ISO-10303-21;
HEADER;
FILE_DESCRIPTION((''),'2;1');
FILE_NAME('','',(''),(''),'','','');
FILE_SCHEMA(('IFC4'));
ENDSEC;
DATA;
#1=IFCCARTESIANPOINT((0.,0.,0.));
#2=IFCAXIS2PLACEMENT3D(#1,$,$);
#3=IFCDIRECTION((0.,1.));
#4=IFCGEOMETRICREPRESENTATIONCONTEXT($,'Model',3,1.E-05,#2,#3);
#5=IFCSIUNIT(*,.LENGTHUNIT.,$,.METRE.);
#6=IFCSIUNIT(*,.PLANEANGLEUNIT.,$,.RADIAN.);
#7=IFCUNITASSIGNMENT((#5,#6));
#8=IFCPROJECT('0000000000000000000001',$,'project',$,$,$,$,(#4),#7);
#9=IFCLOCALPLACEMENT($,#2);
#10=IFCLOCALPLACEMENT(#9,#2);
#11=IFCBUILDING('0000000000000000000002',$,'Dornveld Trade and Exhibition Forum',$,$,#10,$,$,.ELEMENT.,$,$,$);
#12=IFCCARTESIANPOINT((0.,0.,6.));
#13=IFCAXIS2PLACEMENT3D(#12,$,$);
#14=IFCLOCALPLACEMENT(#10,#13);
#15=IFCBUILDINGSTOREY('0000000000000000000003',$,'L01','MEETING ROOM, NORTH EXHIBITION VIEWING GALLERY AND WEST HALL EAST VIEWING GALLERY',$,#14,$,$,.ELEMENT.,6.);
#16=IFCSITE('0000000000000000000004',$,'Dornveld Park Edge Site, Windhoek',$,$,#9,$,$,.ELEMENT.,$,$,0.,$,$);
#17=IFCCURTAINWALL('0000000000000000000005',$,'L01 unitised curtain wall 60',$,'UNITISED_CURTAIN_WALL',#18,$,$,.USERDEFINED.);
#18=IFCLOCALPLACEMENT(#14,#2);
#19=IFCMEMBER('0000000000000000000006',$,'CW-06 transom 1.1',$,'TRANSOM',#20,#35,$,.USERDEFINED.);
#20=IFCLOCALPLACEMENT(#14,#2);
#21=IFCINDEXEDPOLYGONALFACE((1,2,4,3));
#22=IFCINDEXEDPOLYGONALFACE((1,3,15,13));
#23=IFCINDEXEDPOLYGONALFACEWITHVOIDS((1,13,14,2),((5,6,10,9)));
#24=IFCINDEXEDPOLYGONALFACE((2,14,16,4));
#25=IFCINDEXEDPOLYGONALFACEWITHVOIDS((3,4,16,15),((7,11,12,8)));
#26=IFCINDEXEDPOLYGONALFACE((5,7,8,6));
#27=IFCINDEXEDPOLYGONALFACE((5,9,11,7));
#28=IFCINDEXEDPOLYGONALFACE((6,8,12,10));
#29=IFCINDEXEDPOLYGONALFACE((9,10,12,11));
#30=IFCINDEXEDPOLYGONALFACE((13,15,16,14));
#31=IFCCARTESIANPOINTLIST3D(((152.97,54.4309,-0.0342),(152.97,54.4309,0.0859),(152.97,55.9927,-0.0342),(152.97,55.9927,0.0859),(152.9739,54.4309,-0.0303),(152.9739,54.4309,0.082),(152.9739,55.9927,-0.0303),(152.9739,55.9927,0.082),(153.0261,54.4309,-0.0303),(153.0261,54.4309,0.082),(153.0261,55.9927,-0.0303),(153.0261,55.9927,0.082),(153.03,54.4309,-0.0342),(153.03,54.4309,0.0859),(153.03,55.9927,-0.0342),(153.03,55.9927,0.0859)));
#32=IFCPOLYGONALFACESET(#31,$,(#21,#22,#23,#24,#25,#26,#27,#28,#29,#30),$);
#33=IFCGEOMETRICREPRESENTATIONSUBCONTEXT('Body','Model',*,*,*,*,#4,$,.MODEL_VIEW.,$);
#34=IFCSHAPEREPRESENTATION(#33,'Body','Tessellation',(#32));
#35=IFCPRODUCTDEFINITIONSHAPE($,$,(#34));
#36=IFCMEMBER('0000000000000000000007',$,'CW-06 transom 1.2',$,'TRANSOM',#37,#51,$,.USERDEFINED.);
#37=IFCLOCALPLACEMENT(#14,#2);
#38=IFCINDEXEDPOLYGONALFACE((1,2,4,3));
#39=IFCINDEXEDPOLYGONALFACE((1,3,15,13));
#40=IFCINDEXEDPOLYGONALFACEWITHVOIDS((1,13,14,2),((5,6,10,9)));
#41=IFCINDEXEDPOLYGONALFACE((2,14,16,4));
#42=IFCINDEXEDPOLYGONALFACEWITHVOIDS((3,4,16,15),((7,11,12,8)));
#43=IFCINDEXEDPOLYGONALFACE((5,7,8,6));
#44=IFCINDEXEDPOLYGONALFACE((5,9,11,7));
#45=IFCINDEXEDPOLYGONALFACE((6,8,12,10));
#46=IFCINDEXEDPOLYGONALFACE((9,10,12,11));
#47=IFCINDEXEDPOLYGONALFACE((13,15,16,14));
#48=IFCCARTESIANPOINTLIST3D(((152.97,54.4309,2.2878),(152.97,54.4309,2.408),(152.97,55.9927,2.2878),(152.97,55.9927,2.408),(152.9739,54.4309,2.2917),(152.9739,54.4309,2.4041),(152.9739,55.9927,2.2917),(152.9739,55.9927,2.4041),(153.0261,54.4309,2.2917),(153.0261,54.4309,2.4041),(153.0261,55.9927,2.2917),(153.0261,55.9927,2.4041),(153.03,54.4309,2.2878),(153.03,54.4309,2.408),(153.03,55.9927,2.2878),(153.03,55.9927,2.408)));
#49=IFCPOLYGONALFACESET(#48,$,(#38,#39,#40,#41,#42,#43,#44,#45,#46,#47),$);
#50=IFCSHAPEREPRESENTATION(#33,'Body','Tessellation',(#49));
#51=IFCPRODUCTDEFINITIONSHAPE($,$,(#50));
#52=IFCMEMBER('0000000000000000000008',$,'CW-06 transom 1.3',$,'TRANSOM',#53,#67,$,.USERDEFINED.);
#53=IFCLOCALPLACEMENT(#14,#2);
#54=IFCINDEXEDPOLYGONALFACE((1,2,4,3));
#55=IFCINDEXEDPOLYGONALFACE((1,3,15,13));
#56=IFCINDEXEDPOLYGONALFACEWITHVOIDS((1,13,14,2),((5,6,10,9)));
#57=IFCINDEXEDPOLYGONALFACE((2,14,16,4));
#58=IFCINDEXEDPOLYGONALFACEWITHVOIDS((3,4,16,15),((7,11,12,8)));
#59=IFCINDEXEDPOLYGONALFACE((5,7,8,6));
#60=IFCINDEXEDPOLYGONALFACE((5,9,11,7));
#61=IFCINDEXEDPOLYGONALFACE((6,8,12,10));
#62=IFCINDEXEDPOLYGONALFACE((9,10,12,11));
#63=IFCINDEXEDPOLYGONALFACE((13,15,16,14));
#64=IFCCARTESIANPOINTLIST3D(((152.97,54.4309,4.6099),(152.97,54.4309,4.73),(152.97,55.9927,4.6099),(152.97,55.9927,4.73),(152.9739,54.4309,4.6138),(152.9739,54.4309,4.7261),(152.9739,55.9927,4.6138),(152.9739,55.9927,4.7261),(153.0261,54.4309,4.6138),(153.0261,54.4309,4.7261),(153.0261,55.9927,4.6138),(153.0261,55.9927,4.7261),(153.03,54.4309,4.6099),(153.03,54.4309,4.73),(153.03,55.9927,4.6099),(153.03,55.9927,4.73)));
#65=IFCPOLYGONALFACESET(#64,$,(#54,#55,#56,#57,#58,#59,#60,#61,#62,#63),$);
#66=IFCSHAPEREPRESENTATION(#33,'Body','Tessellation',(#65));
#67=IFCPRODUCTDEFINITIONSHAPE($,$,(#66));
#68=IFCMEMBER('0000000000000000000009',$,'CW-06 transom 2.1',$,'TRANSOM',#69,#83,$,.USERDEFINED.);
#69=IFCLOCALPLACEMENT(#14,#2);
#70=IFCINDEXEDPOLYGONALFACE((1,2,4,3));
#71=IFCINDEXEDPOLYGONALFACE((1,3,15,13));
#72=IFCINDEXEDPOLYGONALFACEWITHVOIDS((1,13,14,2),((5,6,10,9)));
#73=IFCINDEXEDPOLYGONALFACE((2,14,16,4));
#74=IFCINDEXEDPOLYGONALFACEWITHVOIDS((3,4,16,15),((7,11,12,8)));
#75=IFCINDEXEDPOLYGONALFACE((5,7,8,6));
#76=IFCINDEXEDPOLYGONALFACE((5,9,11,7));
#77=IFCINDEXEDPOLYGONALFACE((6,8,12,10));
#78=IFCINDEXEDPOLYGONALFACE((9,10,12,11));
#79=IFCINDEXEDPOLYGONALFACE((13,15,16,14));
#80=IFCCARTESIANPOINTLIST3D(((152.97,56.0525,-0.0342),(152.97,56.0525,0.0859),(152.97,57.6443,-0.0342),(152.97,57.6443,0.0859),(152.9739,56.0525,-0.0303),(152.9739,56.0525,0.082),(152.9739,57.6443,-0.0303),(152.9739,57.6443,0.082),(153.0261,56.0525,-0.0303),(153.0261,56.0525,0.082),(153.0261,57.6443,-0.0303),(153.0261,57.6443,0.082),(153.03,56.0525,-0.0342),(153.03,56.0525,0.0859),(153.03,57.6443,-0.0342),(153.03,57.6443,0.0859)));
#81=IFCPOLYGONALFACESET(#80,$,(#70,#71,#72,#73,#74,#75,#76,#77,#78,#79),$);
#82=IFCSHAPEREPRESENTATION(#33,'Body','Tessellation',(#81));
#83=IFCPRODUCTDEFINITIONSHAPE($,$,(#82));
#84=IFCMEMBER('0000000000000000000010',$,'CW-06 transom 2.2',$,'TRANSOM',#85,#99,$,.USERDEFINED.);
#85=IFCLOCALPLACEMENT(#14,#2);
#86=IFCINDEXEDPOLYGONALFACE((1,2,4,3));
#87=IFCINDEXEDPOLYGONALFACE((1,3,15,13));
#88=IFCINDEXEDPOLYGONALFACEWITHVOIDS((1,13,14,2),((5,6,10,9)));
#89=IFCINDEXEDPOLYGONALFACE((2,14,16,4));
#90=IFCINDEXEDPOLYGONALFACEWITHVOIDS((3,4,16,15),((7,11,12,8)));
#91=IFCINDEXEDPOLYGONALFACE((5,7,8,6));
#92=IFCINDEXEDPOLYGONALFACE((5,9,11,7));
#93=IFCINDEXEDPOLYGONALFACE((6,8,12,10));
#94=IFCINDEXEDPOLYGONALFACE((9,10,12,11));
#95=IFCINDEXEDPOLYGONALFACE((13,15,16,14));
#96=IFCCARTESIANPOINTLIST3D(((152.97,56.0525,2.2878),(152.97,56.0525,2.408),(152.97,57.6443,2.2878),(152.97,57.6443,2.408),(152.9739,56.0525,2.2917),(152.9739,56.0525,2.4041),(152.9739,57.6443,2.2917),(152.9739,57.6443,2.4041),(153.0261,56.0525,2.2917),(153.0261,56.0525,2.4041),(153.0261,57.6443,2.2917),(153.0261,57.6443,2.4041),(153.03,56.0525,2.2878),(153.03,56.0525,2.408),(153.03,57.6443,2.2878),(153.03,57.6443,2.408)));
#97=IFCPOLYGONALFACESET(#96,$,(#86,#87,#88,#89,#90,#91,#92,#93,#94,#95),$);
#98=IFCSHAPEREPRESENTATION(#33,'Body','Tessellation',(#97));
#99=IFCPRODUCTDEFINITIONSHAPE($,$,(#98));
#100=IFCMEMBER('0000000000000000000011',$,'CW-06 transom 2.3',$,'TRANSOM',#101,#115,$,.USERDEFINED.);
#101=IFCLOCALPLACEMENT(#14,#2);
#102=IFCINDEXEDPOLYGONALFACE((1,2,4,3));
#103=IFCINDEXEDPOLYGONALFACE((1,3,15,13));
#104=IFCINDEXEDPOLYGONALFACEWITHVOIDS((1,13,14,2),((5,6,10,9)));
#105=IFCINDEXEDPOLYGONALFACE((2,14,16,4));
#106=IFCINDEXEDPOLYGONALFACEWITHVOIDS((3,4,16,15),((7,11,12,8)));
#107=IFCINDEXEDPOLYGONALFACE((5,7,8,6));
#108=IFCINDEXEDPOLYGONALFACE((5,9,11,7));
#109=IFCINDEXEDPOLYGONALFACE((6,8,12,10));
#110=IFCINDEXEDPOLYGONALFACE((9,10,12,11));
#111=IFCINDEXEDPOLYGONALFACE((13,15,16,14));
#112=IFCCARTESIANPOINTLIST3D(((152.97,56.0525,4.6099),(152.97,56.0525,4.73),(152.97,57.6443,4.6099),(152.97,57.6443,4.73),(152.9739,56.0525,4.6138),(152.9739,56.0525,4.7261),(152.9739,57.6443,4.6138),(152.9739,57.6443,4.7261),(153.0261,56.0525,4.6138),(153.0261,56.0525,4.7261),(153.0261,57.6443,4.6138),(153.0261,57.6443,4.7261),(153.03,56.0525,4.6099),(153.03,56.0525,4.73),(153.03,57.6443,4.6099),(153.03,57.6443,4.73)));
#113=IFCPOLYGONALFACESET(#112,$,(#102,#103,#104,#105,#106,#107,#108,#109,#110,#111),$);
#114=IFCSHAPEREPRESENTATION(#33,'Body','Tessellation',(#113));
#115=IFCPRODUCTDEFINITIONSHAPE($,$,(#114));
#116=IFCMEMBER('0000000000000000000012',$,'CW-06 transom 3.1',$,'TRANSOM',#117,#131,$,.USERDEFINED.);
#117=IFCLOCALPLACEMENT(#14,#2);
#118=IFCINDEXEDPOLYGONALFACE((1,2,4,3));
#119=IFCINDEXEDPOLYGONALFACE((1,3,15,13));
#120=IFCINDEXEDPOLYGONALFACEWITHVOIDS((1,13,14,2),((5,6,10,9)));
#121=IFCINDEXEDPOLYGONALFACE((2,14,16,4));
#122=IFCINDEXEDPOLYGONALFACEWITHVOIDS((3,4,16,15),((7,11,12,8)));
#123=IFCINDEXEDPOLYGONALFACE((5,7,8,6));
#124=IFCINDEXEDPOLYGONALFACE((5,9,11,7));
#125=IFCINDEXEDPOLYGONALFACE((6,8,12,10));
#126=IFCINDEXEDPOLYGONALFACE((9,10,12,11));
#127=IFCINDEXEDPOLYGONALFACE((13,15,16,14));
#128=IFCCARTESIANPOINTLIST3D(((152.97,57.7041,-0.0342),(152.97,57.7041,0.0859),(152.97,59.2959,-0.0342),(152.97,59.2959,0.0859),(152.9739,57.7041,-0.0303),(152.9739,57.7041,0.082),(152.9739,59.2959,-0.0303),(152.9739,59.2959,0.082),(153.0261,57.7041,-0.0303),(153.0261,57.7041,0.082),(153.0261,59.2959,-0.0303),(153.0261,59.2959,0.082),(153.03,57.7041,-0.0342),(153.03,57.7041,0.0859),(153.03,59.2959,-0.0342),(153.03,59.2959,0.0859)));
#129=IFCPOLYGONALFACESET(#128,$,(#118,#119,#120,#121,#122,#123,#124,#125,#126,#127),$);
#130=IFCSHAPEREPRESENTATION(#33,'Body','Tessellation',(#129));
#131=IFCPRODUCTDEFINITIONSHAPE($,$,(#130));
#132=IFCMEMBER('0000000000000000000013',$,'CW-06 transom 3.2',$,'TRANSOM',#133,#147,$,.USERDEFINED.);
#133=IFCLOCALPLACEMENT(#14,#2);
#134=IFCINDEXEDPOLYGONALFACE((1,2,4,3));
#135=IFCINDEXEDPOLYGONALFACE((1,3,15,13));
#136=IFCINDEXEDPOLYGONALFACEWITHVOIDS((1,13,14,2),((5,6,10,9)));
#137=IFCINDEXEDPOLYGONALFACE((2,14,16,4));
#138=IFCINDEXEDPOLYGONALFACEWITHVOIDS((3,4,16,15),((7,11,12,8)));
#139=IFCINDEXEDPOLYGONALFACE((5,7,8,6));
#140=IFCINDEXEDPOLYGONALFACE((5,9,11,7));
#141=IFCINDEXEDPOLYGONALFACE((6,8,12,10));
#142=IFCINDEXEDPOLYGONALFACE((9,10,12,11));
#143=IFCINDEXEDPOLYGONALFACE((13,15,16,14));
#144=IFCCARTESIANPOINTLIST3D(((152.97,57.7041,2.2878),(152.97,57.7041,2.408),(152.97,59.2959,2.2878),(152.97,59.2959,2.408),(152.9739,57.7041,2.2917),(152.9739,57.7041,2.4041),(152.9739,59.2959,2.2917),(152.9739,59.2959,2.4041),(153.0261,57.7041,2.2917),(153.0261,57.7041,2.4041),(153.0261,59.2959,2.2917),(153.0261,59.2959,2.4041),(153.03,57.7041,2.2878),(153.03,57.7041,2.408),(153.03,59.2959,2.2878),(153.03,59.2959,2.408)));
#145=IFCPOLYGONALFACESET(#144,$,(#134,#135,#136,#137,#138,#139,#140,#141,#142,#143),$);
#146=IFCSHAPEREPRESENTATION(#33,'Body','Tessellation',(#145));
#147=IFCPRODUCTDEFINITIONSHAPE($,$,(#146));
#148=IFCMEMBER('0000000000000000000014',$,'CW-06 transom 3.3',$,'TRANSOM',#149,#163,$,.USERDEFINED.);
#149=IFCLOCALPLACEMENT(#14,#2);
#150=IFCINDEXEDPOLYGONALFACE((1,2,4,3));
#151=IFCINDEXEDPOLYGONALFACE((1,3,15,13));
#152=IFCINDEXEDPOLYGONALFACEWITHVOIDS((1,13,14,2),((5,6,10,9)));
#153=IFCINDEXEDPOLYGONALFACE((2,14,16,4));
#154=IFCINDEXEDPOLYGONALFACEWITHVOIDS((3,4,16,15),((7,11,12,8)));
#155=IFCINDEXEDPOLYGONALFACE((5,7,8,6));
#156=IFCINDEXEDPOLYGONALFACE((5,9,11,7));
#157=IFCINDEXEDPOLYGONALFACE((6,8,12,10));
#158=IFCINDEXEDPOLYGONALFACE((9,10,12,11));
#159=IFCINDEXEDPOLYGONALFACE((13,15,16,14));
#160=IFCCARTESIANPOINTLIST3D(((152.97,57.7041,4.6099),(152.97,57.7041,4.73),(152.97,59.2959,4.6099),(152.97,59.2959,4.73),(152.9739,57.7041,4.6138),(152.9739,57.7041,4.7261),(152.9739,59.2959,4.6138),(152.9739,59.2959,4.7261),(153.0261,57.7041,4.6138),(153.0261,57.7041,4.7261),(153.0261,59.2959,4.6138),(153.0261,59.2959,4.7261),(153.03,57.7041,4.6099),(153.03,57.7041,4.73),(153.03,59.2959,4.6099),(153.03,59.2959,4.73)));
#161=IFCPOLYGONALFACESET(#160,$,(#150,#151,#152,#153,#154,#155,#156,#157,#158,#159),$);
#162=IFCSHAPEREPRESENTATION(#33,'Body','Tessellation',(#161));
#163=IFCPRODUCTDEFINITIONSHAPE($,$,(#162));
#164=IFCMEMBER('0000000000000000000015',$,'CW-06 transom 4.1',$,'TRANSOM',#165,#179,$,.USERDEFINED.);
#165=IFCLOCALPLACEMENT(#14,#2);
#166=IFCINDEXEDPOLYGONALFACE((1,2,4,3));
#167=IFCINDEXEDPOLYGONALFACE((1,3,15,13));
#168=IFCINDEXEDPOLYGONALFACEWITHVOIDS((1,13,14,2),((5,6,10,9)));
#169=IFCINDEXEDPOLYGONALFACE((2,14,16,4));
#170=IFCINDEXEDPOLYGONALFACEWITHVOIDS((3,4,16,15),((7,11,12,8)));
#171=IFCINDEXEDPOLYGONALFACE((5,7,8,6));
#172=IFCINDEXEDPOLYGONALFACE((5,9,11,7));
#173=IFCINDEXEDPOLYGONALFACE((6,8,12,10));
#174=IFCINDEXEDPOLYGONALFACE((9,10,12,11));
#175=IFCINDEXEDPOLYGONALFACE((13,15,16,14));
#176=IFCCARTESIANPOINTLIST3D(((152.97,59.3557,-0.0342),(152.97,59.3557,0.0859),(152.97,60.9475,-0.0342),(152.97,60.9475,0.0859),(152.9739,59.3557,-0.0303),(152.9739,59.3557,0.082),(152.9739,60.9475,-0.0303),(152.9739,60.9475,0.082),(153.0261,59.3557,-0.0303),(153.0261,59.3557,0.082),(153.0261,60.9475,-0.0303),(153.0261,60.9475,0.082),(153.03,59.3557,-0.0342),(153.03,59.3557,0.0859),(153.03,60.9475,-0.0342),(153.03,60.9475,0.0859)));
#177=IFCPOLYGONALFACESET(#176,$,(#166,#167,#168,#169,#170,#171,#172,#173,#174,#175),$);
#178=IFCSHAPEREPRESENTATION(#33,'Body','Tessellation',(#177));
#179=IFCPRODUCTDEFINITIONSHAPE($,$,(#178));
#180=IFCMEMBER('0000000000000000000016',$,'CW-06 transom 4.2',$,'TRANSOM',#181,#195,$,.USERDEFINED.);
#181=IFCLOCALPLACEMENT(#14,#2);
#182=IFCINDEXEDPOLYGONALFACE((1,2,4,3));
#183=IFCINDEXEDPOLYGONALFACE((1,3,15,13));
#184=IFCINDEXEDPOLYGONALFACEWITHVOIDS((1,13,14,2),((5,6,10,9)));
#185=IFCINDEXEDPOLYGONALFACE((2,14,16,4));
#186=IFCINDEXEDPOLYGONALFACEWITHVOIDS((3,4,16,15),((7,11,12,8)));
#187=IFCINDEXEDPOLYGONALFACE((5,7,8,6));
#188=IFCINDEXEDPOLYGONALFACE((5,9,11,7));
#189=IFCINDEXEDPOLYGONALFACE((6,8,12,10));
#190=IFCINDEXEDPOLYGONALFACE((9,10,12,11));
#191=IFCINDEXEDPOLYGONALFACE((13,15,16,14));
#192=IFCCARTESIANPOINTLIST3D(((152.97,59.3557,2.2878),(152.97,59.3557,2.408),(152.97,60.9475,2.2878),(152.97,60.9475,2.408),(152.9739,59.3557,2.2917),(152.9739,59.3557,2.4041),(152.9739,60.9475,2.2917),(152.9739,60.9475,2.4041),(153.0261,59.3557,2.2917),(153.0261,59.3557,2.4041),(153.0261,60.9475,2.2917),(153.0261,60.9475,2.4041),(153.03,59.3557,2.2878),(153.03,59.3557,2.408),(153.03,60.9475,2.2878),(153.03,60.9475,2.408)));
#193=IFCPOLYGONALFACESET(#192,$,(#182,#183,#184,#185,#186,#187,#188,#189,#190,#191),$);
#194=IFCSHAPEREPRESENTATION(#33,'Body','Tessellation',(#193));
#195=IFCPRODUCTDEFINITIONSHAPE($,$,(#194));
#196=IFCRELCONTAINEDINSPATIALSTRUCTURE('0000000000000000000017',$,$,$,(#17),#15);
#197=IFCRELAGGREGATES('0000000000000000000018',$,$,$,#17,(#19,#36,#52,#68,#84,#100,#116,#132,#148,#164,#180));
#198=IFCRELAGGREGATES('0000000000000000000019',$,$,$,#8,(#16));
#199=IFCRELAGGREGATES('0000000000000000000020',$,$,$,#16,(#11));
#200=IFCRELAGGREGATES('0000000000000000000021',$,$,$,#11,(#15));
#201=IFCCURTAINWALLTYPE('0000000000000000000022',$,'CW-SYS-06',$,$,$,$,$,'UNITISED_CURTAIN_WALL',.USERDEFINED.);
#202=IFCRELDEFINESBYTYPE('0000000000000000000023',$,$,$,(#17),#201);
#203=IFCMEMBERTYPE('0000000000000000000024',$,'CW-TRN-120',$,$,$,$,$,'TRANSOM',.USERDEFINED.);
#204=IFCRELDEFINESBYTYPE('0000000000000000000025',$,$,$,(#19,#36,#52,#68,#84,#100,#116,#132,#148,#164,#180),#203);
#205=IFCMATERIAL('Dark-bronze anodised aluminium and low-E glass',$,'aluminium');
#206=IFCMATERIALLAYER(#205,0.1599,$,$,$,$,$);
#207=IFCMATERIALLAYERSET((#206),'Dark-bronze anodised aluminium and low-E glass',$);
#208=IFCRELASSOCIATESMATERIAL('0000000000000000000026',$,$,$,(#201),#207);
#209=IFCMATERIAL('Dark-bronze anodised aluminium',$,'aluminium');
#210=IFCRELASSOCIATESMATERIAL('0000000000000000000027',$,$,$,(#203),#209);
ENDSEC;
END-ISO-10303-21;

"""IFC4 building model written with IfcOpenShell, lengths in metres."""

from ifc_helpers import new_model, si_unit, direction, frame, origin, origin_2d, place, context, subcontext, project, spatial, hollow_rectangle, extrude, material, layer, layer_set, material_profile, profile_set, type_object, element, aggregate, save


model = new_model("IFC4")

# Units and contexts
model_context = context("Model", 3, precision=1e-05, world=origin(), true_north=direction((0.0, 1.0)))
body_context = subcontext(model_context, "Body", "Model", "MODEL_VIEW")
ifc_project = project(units=[si_unit("LENGTHUNIT", "METRE"), si_unit("PLANEANGLEUNIT", "RADIAN")], contexts=[model_context])

# Site, building, storey
site_placement = place(None, origin())
site = spatial("IfcSite", under=ifc_project, at=site_placement, Name="Dornveld Park Edge Site, Windhoek", CompositionType="ELEMENT", RefElevation=0.0)
building_placement = place(site_placement, origin())
building = spatial("IfcBuilding", under=site, at=building_placement, Name="Dornveld Trade and Exhibition Forum", CompositionType="ELEMENT")
storey_placement = place(building_placement, frame((0.0, 0.0, 6.0)))
storey = spatial("IfcBuildingStorey", under=building, at=storey_placement, Name="L01", Description="MEETING ROOM, NORTH EXHIBITION VIEWING GALLERY AND WEST HALL EAST VIEWING GALLERY", CompositionType="ELEMENT", Elevation=6.0)

# Curtain wall, members
ifc_material_1 = material(Name="Dark-bronze anodised aluminium and low-E glass", Category="aluminium")
ifc_layer_1 = layer(ifc_material_1, 0.1599)
ifc_layer_set_1 = layer_set([ifc_layer_1], Name="Dark-bronze anodised aluminium and low-E glass")
curtain_wall_type = type_object("IfcCurtainWallType", Name="CW-SYS-06", ElementType="UNITISED_CURTAIN_WALL", PredefinedType="USERDEFINED", material=ifc_layer_set_1)
curtain_wall_placement = place(storey_placement, origin())
curtain_wall = element("IfcCurtainWall", 1, at=curtain_wall_placement, inside=storey, type_object=curtain_wall_type, Name="L01 unitised curtain wall 60", ObjectType="UNITISED_CURTAIN_WALL", PredefinedType="USERDEFINED")
ifc_material_2 = material(Name="Dark-bronze anodised aluminium", Category="aluminium")
ifc_material_profile_1 = material_profile(ifc_material_2, hollow_rectangle(XDim=0.0601, YDim=0.1201, WallThickness=0.0039, at=origin_2d()), Name="RHS 120x60x4")
ifc_profile_set_1 = profile_set([ifc_material_profile_1], Name="Dark-bronze anodised aluminium")
member_type_1 = type_object("IfcMemberType", Name="CW-TRN-120", ElementType="TRANSOM", PredefinedType="USERDEFINED", material=ifc_profile_set_1)
member_1_placement = place(storey_placement, frame((153.0, 54.4309, 0.0259), z_axis=(0.0, 1.0, 0.0), x_axis=(-1.0, 0.0, 0.0)))
member_1 = element("IfcMember", 2, at=member_1_placement, type_object=member_type_1, Name="CW-06 transom 1.1", ObjectType="TRANSOM", PredefinedType="USERDEFINED", context=body_context, shape_type="SweptSolid", body=[
    extrude(hollow_rectangle(XDim=0.0601, YDim=0.1201, WallThickness=0.0039, at=origin_2d()), origin(), (0.0, 0.0, 1.0), 1.5618),
])
member_2_placement = place(storey_placement, frame((153.0, 54.4309, 2.3479), z_axis=(0.0, 1.0, 0.0), x_axis=(-1.0, 0.0, 0.0)))
member_2 = element("IfcMember", 3, at=member_2_placement, type_object=member_type_1, Name="CW-06 transom 1.2", ObjectType="TRANSOM", PredefinedType="USERDEFINED", context=body_context, shape_type="SweptSolid", body=[
    extrude(hollow_rectangle(XDim=0.0601, YDim=0.1201, WallThickness=0.0039, at=origin_2d()), origin(), (0.0, 0.0, 1.0), 1.5618),
])
member_3_placement = place(storey_placement, frame((153.0, 54.4309, 4.6699), z_axis=(0.0, 1.0, 0.0), x_axis=(-1.0, 0.0, 0.0)))
member_3 = element("IfcMember", 4, at=member_3_placement, type_object=member_type_1, Name="CW-06 transom 1.3", ObjectType="TRANSOM", PredefinedType="USERDEFINED", context=body_context, shape_type="SweptSolid", body=[
    extrude(hollow_rectangle(XDim=0.0601, YDim=0.1201, WallThickness=0.0039, at=origin_2d()), origin(), (0.0, 0.0, 1.0), 1.5618),
])
member_4_placement = place(storey_placement, frame((153.0, 56.0525, 0.0259), z_axis=(0.0, 1.0, 0.0), x_axis=(-1.0, 0.0, 0.0)))
member_4 = element("IfcMember", 5, at=member_4_placement, type_object=member_type_1, Name="CW-06 transom 2.1", ObjectType="TRANSOM", PredefinedType="USERDEFINED", context=body_context, shape_type="SweptSolid", body=[
    extrude(hollow_rectangle(XDim=0.0601, YDim=0.1201, WallThickness=0.0039, at=origin_2d()), origin(), (0.0, 0.0, 1.0), 1.5918),
])
member_5_placement = place(storey_placement, frame((153.0, 56.0525, 2.3479), z_axis=(0.0, 1.0, 0.0), x_axis=(-1.0, 0.0, 0.0)))
member_5 = element("IfcMember", 6, at=member_5_placement, type_object=member_type_1, Name="CW-06 transom 2.2", ObjectType="TRANSOM", PredefinedType="USERDEFINED", context=body_context, shape_type="SweptSolid", body=[
    extrude(hollow_rectangle(XDim=0.0601, YDim=0.1201, WallThickness=0.0039, at=origin_2d()), origin(), (0.0, 0.0, 1.0), 1.5918),
])
member_6_placement = place(storey_placement, frame((153.0, 56.0525, 4.6699), z_axis=(0.0, 1.0, 0.0), x_axis=(-1.0, 0.0, 0.0)))
member_6 = element("IfcMember", 7, at=member_6_placement, type_object=member_type_1, Name="CW-06 transom 2.3", ObjectType="TRANSOM", PredefinedType="USERDEFINED", context=body_context, shape_type="SweptSolid", body=[
    extrude(hollow_rectangle(XDim=0.0601, YDim=0.1201, WallThickness=0.0039, at=origin_2d()), origin(), (0.0, 0.0, 1.0), 1.5918),
])
member_7_placement = place(storey_placement, frame((153.0, 57.7041, 0.0259), z_axis=(0.0, 1.0, 0.0), x_axis=(-1.0, 0.0, 0.0)))
member_7 = element("IfcMember", 8, at=member_7_placement, type_object=member_type_1, Name="CW-06 transom 3.1", ObjectType="TRANSOM", PredefinedType="USERDEFINED", context=body_context, shape_type="SweptSolid", body=[
    extrude(hollow_rectangle(XDim=0.0601, YDim=0.1201, WallThickness=0.0039, at=origin_2d()), origin(), (0.0, 0.0, 1.0), 1.5918),
])
member_8_placement = place(storey_placement, frame((153.0, 57.7041, 2.3479), z_axis=(0.0, 1.0, 0.0), x_axis=(-1.0, 0.0, 0.0)))
member_8 = element("IfcMember", 9, at=member_8_placement, type_object=member_type_1, Name="CW-06 transom 3.2", ObjectType="TRANSOM", PredefinedType="USERDEFINED", context=body_context, shape_type="SweptSolid", body=[
    extrude(hollow_rectangle(XDim=0.0601, YDim=0.1201, WallThickness=0.0039, at=origin_2d()), origin(), (0.0, 0.0, 1.0), 1.5918),
])
member_9_placement = place(storey_placement, frame((153.0, 57.7041, 4.6699), z_axis=(0.0, 1.0, 0.0), x_axis=(-1.0, 0.0, 0.0)))
member_9 = element("IfcMember", 10, at=member_9_placement, type_object=member_type_1, Name="CW-06 transom 3.3", ObjectType="TRANSOM", PredefinedType="USERDEFINED", context=body_context, shape_type="SweptSolid", body=[
    extrude(hollow_rectangle(XDim=0.0601, YDim=0.1201, WallThickness=0.0039, at=origin_2d()), origin(), (0.0, 0.0, 1.0), 1.5918),
])
member_10_placement = place(storey_placement, frame((153.0, 59.3557, 0.0259), z_axis=(0.0, 1.0, 0.0), x_axis=(-1.0, 0.0, 0.0)))
member_10 = element("IfcMember", 11, at=member_10_placement, type_object=member_type_1, Name="CW-06 transom 4.1", ObjectType="TRANSOM", PredefinedType="USERDEFINED", context=body_context, shape_type="SweptSolid", body=[
    extrude(hollow_rectangle(XDim=0.0601, YDim=0.1201, WallThickness=0.0039, at=origin_2d()), origin(), (0.0, 0.0, 1.0), 1.5918),
])
member_11_placement = place(storey_placement, frame((153.0, 59.3557, 2.3479), z_axis=(0.0, 1.0, 0.0), x_axis=(-1.0, 0.0, 0.0)))
member_11 = element("IfcMember", 12, at=member_11_placement, type_object=member_type_1, Name="CW-06 transom 4.2", ObjectType="TRANSOM", PredefinedType="USERDEFINED", context=body_context, shape_type="SweptSolid", body=[
    extrude(hollow_rectangle(XDim=0.0601, YDim=0.1201, WallThickness=0.0039, at=origin_2d()), origin(), (0.0, 0.0, 1.0), 1.5918),
])
aggregate(curtain_wall, [member_1, member_2, member_3, member_4, member_5, member_6, member_7, member_8, member_9, member_10, member_11])

save(model, "model.ifc")
